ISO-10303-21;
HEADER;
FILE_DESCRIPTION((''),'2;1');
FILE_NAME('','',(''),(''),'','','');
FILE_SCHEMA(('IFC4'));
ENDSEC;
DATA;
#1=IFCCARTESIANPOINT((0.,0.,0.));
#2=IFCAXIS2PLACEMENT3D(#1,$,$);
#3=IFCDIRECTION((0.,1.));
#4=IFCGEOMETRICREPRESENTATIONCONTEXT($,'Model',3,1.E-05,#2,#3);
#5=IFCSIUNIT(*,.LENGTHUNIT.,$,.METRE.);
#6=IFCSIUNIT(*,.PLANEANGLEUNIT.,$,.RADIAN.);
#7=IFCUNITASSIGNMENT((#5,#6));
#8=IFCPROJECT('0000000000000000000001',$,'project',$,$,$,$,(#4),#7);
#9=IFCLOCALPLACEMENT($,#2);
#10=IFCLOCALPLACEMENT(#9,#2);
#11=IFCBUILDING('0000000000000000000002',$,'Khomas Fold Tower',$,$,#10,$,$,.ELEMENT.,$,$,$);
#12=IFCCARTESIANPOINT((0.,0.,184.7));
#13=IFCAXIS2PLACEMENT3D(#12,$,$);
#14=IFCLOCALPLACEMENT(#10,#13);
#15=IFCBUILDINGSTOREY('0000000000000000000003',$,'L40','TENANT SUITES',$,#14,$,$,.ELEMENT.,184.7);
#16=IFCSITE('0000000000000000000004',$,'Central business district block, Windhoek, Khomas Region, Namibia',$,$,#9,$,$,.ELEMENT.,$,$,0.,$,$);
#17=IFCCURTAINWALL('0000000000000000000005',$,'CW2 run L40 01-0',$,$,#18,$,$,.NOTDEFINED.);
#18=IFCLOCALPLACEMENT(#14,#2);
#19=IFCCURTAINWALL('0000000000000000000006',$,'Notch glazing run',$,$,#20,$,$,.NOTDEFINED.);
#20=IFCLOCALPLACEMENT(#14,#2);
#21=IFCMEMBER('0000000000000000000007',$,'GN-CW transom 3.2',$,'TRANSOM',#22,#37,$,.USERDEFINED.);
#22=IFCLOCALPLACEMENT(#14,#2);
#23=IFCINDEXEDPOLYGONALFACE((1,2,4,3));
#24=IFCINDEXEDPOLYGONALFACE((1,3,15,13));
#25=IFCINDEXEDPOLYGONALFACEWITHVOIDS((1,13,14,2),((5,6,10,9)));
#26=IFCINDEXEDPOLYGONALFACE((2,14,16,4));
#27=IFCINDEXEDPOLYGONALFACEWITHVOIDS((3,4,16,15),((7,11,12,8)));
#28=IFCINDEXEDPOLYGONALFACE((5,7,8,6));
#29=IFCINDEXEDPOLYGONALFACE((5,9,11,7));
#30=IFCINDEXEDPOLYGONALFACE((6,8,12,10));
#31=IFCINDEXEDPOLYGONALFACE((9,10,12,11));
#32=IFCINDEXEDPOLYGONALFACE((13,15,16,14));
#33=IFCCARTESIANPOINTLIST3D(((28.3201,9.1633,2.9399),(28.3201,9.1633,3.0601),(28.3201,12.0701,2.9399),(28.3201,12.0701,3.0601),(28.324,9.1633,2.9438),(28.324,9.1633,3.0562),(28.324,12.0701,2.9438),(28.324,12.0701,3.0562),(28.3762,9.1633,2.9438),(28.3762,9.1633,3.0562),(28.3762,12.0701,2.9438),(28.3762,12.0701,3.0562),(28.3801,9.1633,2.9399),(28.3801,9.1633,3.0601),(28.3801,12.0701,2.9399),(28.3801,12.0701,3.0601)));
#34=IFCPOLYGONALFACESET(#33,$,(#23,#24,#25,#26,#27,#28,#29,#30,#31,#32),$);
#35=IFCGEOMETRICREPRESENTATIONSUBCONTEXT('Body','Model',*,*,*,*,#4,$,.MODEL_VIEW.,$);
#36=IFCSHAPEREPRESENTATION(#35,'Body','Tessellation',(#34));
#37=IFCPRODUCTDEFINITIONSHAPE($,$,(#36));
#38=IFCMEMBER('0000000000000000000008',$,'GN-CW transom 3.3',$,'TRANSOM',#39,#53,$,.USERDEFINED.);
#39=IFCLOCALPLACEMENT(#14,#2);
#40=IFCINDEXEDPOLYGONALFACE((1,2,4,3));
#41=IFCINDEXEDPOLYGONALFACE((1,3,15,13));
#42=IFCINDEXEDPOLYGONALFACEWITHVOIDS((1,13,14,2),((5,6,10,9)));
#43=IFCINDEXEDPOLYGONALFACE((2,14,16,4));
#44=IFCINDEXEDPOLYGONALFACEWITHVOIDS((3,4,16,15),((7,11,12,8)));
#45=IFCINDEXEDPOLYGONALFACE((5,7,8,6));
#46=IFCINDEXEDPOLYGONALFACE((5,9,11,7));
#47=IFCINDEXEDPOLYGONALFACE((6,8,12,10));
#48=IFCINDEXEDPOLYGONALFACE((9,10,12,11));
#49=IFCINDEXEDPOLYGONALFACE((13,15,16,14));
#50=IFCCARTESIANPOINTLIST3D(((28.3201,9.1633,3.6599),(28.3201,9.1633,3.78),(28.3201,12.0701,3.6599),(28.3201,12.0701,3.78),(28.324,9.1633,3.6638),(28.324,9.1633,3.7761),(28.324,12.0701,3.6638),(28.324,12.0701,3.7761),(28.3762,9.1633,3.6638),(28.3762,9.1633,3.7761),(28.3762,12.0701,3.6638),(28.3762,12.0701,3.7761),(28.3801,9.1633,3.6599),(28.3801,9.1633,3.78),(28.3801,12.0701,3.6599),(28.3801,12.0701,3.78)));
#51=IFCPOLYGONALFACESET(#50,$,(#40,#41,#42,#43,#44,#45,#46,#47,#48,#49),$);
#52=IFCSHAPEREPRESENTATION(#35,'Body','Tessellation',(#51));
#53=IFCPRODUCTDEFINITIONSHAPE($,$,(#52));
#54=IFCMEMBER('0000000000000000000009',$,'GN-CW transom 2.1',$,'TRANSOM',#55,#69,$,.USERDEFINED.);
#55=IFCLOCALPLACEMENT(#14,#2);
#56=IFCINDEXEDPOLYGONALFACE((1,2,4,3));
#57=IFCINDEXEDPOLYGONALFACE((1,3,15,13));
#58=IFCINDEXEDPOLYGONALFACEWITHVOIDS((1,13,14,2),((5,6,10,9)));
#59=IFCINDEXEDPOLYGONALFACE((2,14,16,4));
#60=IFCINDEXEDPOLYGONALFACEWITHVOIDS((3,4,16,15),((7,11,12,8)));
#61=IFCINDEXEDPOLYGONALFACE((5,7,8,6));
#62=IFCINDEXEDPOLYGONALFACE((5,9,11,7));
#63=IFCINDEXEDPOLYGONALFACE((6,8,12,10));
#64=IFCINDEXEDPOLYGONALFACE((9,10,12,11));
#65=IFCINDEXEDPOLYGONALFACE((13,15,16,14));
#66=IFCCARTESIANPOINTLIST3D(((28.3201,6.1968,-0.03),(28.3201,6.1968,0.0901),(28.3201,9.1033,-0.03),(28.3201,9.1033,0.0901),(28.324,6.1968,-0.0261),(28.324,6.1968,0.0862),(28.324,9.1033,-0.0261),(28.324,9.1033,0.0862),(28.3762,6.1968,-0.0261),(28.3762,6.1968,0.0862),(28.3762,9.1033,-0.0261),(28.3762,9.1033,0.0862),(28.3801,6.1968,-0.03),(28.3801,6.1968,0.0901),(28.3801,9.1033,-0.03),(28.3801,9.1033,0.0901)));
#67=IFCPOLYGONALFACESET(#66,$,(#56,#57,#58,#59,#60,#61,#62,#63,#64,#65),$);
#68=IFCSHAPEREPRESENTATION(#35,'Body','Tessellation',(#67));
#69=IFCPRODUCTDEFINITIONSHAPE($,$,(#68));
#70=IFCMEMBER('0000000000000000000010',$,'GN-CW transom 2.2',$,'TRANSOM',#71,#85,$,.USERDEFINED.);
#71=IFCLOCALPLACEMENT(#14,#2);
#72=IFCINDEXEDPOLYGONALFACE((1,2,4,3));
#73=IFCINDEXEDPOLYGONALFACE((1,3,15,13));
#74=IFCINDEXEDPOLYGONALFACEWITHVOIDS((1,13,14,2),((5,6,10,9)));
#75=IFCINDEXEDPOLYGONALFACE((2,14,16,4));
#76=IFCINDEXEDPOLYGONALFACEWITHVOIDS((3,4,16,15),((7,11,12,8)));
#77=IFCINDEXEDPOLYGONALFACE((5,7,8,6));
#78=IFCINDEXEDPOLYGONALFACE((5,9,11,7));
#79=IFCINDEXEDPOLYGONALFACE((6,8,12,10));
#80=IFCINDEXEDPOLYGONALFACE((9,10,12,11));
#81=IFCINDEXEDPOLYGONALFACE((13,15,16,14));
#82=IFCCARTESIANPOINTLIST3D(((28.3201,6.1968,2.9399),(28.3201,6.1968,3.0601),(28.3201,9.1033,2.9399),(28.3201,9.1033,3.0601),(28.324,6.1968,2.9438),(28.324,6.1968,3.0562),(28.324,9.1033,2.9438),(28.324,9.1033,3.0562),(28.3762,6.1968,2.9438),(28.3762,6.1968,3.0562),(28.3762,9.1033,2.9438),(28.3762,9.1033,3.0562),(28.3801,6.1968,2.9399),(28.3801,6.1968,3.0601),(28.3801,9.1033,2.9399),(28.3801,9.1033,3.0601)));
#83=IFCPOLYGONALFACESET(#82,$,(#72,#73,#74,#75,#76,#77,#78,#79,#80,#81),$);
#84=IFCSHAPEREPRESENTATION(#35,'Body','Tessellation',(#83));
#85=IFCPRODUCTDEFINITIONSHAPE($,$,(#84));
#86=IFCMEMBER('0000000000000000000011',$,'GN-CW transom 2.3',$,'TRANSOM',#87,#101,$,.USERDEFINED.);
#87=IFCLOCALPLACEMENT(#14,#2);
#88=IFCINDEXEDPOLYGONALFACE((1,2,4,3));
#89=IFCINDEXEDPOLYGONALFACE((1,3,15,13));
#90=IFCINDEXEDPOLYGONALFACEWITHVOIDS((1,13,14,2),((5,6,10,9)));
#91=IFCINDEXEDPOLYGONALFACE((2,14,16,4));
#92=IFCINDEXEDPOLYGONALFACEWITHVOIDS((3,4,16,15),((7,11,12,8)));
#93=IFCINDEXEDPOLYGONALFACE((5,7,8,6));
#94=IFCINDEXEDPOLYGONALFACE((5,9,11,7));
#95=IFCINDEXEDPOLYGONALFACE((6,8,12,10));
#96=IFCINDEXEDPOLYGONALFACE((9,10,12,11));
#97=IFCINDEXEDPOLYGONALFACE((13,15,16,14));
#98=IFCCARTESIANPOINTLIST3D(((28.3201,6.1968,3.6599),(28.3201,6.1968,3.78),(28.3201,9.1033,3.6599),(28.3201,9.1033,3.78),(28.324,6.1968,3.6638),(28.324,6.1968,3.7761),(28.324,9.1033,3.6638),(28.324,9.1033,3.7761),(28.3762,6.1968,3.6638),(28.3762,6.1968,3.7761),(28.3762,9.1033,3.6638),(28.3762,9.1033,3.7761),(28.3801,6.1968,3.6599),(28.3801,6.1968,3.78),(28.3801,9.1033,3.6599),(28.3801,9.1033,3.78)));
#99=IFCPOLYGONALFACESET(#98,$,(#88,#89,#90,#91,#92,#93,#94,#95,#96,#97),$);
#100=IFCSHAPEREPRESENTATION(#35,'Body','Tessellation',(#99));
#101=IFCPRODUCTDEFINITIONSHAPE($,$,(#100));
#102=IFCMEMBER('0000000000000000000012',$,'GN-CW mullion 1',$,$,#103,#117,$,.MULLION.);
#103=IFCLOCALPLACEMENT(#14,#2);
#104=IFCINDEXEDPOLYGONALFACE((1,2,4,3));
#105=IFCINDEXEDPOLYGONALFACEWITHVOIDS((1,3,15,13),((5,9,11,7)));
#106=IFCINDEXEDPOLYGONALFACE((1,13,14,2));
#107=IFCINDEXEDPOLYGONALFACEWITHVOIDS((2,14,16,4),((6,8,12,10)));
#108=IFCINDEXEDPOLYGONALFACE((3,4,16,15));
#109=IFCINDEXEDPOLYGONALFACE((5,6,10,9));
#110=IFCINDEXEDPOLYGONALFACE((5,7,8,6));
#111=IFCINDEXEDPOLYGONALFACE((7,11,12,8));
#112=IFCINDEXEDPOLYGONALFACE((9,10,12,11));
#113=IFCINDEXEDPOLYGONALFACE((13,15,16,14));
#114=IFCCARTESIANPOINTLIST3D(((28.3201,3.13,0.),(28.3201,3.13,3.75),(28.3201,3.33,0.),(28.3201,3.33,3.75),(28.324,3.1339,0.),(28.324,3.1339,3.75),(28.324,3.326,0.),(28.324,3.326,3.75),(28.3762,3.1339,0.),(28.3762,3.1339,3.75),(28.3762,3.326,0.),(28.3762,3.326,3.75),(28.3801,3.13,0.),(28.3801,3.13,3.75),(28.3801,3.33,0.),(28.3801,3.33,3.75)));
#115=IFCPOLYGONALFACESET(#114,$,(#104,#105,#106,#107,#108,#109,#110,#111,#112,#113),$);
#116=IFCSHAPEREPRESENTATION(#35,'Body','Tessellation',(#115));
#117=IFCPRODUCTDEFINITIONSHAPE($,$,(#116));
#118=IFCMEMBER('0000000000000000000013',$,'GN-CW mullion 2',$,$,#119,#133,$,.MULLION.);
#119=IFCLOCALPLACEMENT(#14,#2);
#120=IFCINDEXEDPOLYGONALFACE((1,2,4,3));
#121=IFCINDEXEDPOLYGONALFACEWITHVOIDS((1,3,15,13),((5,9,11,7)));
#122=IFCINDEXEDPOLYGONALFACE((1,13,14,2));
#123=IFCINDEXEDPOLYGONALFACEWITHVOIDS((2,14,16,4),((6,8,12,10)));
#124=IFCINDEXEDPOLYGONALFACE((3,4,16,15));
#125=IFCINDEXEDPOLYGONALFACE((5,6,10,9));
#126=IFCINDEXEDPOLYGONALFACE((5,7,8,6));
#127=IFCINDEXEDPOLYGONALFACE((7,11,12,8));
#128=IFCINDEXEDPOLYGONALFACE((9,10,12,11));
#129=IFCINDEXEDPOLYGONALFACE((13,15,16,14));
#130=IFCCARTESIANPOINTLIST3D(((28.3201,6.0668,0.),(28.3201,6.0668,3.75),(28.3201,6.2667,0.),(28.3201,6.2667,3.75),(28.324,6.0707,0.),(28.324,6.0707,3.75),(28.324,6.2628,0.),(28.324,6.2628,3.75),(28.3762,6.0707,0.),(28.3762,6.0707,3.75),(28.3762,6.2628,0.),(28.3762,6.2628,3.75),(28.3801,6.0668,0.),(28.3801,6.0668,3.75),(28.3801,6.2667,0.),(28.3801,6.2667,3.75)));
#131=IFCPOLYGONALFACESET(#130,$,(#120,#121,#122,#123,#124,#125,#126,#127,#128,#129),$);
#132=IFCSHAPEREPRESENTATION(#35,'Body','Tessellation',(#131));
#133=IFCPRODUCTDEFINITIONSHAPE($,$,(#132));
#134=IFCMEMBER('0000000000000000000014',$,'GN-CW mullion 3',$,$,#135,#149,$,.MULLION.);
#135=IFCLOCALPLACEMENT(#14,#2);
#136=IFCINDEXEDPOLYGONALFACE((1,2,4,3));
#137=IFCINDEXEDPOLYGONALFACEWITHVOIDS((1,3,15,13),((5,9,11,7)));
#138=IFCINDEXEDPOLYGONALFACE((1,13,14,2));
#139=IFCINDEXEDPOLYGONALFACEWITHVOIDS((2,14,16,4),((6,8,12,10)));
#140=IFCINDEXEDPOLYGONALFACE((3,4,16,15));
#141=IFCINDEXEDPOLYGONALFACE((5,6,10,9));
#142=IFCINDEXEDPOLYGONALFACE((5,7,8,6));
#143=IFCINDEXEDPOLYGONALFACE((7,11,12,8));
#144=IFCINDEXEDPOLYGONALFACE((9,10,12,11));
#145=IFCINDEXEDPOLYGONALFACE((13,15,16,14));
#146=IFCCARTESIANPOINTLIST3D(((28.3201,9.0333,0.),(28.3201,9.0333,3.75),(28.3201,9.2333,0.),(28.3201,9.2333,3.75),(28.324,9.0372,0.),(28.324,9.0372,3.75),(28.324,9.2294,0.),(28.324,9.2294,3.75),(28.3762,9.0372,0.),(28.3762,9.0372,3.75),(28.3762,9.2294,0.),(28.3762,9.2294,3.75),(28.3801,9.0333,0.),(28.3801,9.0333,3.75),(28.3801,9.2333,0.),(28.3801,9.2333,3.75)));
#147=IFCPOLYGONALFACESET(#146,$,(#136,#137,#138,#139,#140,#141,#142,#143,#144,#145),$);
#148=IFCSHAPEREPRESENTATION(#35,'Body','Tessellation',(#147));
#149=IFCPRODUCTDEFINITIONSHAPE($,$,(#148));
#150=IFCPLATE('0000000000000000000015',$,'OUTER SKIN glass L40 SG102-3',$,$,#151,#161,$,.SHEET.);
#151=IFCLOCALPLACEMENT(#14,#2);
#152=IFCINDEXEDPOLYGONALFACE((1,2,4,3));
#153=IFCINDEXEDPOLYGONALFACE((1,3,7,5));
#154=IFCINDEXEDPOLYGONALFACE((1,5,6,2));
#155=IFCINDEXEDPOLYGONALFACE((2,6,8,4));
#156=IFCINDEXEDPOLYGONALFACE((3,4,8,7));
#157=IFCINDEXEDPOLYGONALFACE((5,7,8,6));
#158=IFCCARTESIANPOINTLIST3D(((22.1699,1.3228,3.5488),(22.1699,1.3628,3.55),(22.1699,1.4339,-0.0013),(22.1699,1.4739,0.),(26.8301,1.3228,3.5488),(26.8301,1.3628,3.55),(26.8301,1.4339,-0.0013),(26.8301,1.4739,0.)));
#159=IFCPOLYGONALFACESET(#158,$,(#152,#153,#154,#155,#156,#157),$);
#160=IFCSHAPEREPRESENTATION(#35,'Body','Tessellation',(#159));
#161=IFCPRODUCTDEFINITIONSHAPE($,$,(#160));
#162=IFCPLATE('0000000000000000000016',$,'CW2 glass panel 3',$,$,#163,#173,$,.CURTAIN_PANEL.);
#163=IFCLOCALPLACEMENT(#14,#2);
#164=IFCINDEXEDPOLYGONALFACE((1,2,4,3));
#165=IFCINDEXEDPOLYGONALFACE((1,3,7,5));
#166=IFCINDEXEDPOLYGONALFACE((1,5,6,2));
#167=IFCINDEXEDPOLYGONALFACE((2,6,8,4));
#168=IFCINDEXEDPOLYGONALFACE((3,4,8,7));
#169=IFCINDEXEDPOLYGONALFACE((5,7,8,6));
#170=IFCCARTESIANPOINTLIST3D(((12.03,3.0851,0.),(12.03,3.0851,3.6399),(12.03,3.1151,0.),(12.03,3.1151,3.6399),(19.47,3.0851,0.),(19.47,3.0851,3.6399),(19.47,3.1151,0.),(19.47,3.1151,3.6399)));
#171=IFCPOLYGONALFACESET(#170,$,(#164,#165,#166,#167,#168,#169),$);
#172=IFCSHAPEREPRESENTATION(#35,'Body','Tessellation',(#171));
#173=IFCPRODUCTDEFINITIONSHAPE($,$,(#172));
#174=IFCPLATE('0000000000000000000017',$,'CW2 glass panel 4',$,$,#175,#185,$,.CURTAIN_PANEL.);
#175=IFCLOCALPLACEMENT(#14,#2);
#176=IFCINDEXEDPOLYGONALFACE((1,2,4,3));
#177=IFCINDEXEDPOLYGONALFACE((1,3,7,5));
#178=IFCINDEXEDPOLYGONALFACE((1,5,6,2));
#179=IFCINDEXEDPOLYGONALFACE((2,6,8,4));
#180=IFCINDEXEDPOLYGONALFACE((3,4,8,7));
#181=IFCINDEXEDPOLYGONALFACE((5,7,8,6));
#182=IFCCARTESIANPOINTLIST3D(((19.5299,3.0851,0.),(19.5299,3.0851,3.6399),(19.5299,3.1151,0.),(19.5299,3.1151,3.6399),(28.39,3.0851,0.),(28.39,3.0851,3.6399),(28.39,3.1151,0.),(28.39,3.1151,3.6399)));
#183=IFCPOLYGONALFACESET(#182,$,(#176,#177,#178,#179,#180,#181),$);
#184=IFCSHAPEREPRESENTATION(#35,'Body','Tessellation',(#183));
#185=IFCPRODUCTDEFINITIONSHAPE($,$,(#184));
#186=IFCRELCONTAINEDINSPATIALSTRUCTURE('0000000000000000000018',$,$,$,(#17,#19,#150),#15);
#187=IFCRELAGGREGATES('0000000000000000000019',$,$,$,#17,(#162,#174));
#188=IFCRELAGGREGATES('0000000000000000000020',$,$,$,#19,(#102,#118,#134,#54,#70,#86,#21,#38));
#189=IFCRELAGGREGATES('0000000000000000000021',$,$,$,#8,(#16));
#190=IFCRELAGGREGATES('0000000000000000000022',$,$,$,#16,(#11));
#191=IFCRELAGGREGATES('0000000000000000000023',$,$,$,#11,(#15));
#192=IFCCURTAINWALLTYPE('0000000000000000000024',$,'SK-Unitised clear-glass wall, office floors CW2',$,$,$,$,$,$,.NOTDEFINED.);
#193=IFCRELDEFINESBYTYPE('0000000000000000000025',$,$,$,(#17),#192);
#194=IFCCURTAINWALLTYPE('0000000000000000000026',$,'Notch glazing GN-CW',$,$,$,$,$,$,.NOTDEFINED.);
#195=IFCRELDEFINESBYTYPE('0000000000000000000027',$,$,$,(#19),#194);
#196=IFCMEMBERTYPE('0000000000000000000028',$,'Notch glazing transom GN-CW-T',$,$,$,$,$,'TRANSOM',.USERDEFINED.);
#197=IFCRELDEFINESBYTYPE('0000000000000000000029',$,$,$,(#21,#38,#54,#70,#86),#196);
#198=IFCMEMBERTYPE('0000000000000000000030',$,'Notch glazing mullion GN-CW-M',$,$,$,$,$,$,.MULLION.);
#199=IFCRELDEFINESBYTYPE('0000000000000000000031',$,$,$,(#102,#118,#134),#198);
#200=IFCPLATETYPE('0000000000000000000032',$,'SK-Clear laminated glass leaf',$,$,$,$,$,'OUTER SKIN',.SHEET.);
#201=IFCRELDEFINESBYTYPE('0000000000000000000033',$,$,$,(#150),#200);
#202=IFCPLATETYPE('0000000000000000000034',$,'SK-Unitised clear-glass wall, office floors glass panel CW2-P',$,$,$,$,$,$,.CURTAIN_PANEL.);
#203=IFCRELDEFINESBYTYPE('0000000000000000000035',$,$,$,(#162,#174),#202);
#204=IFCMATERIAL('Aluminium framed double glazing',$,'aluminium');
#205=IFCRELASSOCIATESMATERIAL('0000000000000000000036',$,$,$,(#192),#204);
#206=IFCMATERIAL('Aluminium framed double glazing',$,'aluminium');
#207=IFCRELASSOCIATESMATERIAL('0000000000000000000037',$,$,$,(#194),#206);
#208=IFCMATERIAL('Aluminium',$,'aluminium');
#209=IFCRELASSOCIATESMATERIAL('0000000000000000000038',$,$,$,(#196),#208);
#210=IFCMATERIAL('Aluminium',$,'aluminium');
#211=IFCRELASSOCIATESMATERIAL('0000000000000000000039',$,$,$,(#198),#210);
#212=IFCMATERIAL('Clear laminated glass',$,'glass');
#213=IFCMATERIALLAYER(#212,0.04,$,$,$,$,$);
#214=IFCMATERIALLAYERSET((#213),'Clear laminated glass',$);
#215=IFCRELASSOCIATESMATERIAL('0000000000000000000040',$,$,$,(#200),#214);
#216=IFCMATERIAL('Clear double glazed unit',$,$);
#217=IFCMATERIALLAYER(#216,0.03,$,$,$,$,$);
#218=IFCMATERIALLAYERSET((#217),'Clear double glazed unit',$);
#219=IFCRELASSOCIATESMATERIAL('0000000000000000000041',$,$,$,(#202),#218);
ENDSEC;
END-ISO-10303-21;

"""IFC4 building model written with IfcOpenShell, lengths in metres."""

from ifc_helpers import new_model, si_unit, direction, frame, origin, origin_2d, place, context, subcontext, project, spatial, polyline, rectangle, hollow_rectangle, outline, extrude, source, transform, mapped, material, layer, layer_set, material_profile, profile_set, type_object, element, aggregate, save


model = new_model("IFC4")

# Units and contexts
model_context = context("Model", 3, precision=1e-05, world=origin(), true_north=direction((0.0, 1.0)))
body_context = subcontext(model_context, "Body", "Model", "MODEL_VIEW")
ifc_project = project(units=[si_unit("LENGTHUNIT", "METRE"), si_unit("PLANEANGLEUNIT", "RADIAN")], contexts=[model_context])

# Site, building, storey
site_placement = place(None, origin())
site = spatial("IfcSite", under=ifc_project, at=site_placement, Name="Central business district block, Windhoek, Khomas Region, Namibia", CompositionType="ELEMENT", RefElevation=0.0)
building_placement = place(site_placement, origin())
building = spatial("IfcBuilding", under=site, at=building_placement, Name="Khomas Fold Tower", CompositionType="ELEMENT")
storey_placement = place(building_placement, frame((0.0, 0.0, 184.7)))
storey = spatial("IfcBuildingStorey", under=building, at=storey_placement, Name="L40", Description="TENANT SUITES", CompositionType="ELEMENT", Elevation=184.7)

# Curtain walls, members
ifc_material_1 = material(Name="Aluminium framed double glazing", Category="aluminium")
curtain_wall_type_1 = type_object("IfcCurtainWallType", Name="SK-Unitised clear-glass wall, office floors CW2", PredefinedType="NOTDEFINED", material=ifc_material_1)
curtain_wall_1_placement = place(storey_placement, origin())
curtain_wall_1 = element("IfcCurtainWall", 1, at=curtain_wall_1_placement, inside=storey, type_object=curtain_wall_type_1, Name="CW2 run L40 01-0", PredefinedType="NOTDEFINED")
ifc_material_2 = material(Name="Aluminium framed double glazing", Category="aluminium")
curtain_wall_type_2 = type_object("IfcCurtainWallType", Name="Notch glazing GN-CW", PredefinedType="NOTDEFINED", material=ifc_material_2)
curtain_wall_2_placement = place(storey_placement, origin())
curtain_wall_2 = element("IfcCurtainWall", 2, at=curtain_wall_2_placement, inside=storey, type_object=curtain_wall_type_2, Name="Notch glazing run", PredefinedType="NOTDEFINED")
ifc_material_3 = material(Name="Aluminium", Category="aluminium")
ifc_material_profile_1 = material_profile(ifc_material_3, hollow_rectangle(XDim=0.0601, YDim=0.1201, WallThickness=0.0039, at=origin_2d()), Name="Notch glazing transom GN-CW-T")
ifc_profile_set_1 = profile_set([ifc_material_profile_1], Name="Aluminium")
member_type_1 = type_object("IfcMemberType", Name="Notch glazing transom GN-CW-T", ElementType="TRANSOM", PredefinedType="USERDEFINED", material=ifc_profile_set_1)
shared_shape_1 = source(origin(), body_context, "Body", "SweptSolid", [
    extrude(hollow_rectangle(XDim=0.0601, YDim=0.1201, WallThickness=0.0039, at=origin_2d()), origin(), (0.0, 0.0, 1.0), 2.9067),
])
member_1_placement = place(storey_placement, frame((28.3501, 9.1633, 3.0), z_axis=(0.0, 1.0, 0.0), x_axis=(-1.0, 0.0, 0.0)))
member_1 = element("IfcMember", 3, at=member_1_placement, type_object=member_type_1, Name="GN-CW transom 3.2", ObjectType="TRANSOM", PredefinedType="USERDEFINED", context=body_context, shape_type="MappedRepresentation", body=[
    mapped(shared_shape_1, transform((0.0, 0.0, 0.0))),
])
member_2_placement = place(storey_placement, frame((28.3501, 9.1633, 3.72), z_axis=(0.0, 1.0, 0.0), x_axis=(-1.0, 0.0, 0.0)))
member_2 = element("IfcMember", 4, at=member_2_placement, type_object=member_type_1, Name="GN-CW transom 3.3", ObjectType="TRANSOM", PredefinedType="USERDEFINED", context=body_context, shape_type="MappedRepresentation", body=[
    mapped(shared_shape_1, transform((0.0, 0.0, 0.0))),
])
shared_shape_2 = source(origin(), body_context, "Body", "SweptSolid", [
    extrude(hollow_rectangle(XDim=0.0601, YDim=0.1201, WallThickness=0.0039, at=origin_2d()), origin(), (0.0, 0.0, 1.0), 2.9065),
])
member_3_placement = place(storey_placement, frame((28.3501, 6.1968, 0.03), z_axis=(0.0, 1.0, 0.0), x_axis=(-1.0, 0.0, 0.0)))
member_3 = element("IfcMember", 5, at=member_3_placement, type_object=member_type_1, Name="GN-CW transom 2.1", ObjectType="TRANSOM", PredefinedType="USERDEFINED", context=body_context, shape_type="MappedRepresentation", body=[
    mapped(shared_shape_2, transform((0.0, 0.0, 0.0))),
])
member_4_placement = place(storey_placement, frame((28.3501, 6.1968, 3.0), z_axis=(0.0, 1.0, 0.0), x_axis=(-1.0, 0.0, 0.0)))
member_4 = element("IfcMember", 6, at=member_4_placement, type_object=member_type_1, Name="GN-CW transom 2.2", ObjectType="TRANSOM", PredefinedType="USERDEFINED", context=body_context, shape_type="MappedRepresentation", body=[
    mapped(shared_shape_2, transform((0.0, 0.0, 0.0))),
])
member_5_placement = place(storey_placement, frame((28.3501, 6.1968, 3.72), z_axis=(0.0, 1.0, 0.0), x_axis=(-1.0, 0.0, 0.0)))
member_5 = element("IfcMember", 7, at=member_5_placement, type_object=member_type_1, Name="GN-CW transom 2.3", ObjectType="TRANSOM", PredefinedType="USERDEFINED", context=body_context, shape_type="MappedRepresentation", body=[
    mapped(shared_shape_2, transform((0.0, 0.0, 0.0))),
])
ifc_material_4 = material(Name="Aluminium", Category="aluminium")
ifc_material_profile_2 = material_profile(ifc_material_4, hollow_rectangle(XDim=0.0601, YDim=0.2, WallThickness=0.0039, at=origin_2d()), Name="Notch glazing mullion GN-CW-M")
ifc_profile_set_2 = profile_set([ifc_material_profile_2], Name="Aluminium")
member_type_2 = type_object("IfcMemberType", Name="Notch glazing mullion GN-CW-M", PredefinedType="MULLION", material=ifc_profile_set_2)
shared_shape_3 = source(origin(), body_context, "Body", "SweptSolid", [
    extrude(hollow_rectangle(XDim=0.0601, YDim=0.2, WallThickness=0.0039, at=origin_2d()), origin(), (0.0, 0.0, 1.0), 3.75),
])
member_6_placement = place(storey_placement, frame((28.3501, 3.23, 0.0), z_axis=(0.0, 0.0, 1.0), x_axis=(-1.0, 0.0, 0.0)))
member_6 = element("IfcMember", 8, at=member_6_placement, type_object=member_type_2, Name="GN-CW mullion 1", PredefinedType="MULLION", context=body_context, shape_type="MappedRepresentation", body=[
    mapped(shared_shape_3, transform((0.0, 0.0, 0.0))),
])
member_7_placement = place(storey_placement, frame((28.3501, 6.1667, 0.0), z_axis=(0.0, 0.0, 1.0), x_axis=(-1.0, 0.0, 0.0)))
member_7 = element("IfcMember", 9, at=member_7_placement, type_object=member_type_2, Name="GN-CW mullion 2", PredefinedType="MULLION", context=body_context, shape_type="MappedRepresentation", body=[
    mapped(shared_shape_3, transform((0.0, 0.0, 0.0))),
])
member_8_placement = place(storey_placement, frame((28.3501, 9.1333, 0.0), z_axis=(0.0, 0.0, 1.0), x_axis=(-1.0, 0.0, 0.0)))
member_8 = element("IfcMember", 10, at=member_8_placement, type_object=member_type_2, Name="GN-CW mullion 3", PredefinedType="MULLION", context=body_context, shape_type="MappedRepresentation", body=[
    mapped(shared_shape_3, transform((0.0, 0.0, 0.0))),
])

# Plates
ifc_material_5 = material(Name="Clear laminated glass", Category="glass")
ifc_layer_1 = layer(ifc_material_5, 0.04)
ifc_layer_set_1 = layer_set([ifc_layer_1], Name="Clear laminated glass")
plate_type_1 = type_object("IfcPlateType", Name="SK-Clear laminated glass leaf", ElementType="OUTER SKIN", PredefinedType="SHEET", material=ifc_layer_set_1)
plate_1_placement = place(storey_placement, frame((22.1699, 1.4739, 0.0), z_axis=(0.0, 0.999511, 0.031276), x_axis=(0.0, -0.031276, 0.999511)))
element("IfcPlate", 11, at=plate_1_placement, inside=storey, type_object=plate_type_1, Name="OUTER SKIN glass L40 SG102-3", PredefinedType="SHEET", context=body_context, shape_type="SweptSolid", body=[
    extrude(outline(polyline([(0.0, 0.0), (3.5518, 0.0), (3.5518, 4.6602), (0.0, 4.6602), (0.0, 0.0)])), origin(), (0.0, 0.0, -1.0), 0.04),
])
ifc_material_6 = material(Name="Clear double glazed unit")
ifc_layer_2 = layer(ifc_material_6, 0.03)
ifc_layer_set_2 = layer_set([ifc_layer_2], Name="Clear double glazed unit")
plate_type_2 = type_object("IfcPlateType", Name="SK-Unitised clear-glass wall, office floors glass panel CW2-P", PredefinedType="CURTAIN_PANEL", material=ifc_layer_set_2)
shared_shape_4 = source(origin(), body_context, "Body", "SweptSolid", [
    extrude(rectangle(XDim=7.4399, YDim=0.03, at=origin_2d()), origin(), (0.0, 0.0, 1.0), 3.6399),
])
plate_2_placement = place(storey_placement, frame((15.75, 3.1001, 0.0), z_axis=(0.0, 0.0, 1.0), x_axis=(1.0, 0.0, 0.0)))
plate_2 = element("IfcPlate", 12, at=plate_2_placement, type_object=plate_type_2, Name="CW2 glass panel 3", PredefinedType="CURTAIN_PANEL", context=body_context, shape_type="MappedRepresentation", body=[
    mapped(shared_shape_4, transform((0.0, 0.0, 0.0))),
])
shared_shape_5 = source(origin(), body_context, "Body", "SweptSolid", [
    extrude(rectangle(XDim=8.8601, YDim=0.03, at=origin_2d()), origin(), (0.0, 0.0, 1.0), 3.6399),
])
plate_3_placement = place(storey_placement, frame((23.96, 3.1001, 0.0), z_axis=(0.0, 0.0, 1.0), x_axis=(1.0, 0.0, 0.0)))
plate_3 = element("IfcPlate", 13, at=plate_3_placement, type_object=plate_type_2, Name="CW2 glass panel 4", PredefinedType="CURTAIN_PANEL", context=body_context, shape_type="MappedRepresentation", body=[
    mapped(shared_shape_5, transform((0.0, 0.0, 0.0))),
])
aggregate(curtain_wall_1, [plate_2, plate_3])
aggregate(curtain_wall_2, [member_6, member_7, member_8, member_3, member_4, member_5, member_1, member_2])

save(model, "model.ifc")
